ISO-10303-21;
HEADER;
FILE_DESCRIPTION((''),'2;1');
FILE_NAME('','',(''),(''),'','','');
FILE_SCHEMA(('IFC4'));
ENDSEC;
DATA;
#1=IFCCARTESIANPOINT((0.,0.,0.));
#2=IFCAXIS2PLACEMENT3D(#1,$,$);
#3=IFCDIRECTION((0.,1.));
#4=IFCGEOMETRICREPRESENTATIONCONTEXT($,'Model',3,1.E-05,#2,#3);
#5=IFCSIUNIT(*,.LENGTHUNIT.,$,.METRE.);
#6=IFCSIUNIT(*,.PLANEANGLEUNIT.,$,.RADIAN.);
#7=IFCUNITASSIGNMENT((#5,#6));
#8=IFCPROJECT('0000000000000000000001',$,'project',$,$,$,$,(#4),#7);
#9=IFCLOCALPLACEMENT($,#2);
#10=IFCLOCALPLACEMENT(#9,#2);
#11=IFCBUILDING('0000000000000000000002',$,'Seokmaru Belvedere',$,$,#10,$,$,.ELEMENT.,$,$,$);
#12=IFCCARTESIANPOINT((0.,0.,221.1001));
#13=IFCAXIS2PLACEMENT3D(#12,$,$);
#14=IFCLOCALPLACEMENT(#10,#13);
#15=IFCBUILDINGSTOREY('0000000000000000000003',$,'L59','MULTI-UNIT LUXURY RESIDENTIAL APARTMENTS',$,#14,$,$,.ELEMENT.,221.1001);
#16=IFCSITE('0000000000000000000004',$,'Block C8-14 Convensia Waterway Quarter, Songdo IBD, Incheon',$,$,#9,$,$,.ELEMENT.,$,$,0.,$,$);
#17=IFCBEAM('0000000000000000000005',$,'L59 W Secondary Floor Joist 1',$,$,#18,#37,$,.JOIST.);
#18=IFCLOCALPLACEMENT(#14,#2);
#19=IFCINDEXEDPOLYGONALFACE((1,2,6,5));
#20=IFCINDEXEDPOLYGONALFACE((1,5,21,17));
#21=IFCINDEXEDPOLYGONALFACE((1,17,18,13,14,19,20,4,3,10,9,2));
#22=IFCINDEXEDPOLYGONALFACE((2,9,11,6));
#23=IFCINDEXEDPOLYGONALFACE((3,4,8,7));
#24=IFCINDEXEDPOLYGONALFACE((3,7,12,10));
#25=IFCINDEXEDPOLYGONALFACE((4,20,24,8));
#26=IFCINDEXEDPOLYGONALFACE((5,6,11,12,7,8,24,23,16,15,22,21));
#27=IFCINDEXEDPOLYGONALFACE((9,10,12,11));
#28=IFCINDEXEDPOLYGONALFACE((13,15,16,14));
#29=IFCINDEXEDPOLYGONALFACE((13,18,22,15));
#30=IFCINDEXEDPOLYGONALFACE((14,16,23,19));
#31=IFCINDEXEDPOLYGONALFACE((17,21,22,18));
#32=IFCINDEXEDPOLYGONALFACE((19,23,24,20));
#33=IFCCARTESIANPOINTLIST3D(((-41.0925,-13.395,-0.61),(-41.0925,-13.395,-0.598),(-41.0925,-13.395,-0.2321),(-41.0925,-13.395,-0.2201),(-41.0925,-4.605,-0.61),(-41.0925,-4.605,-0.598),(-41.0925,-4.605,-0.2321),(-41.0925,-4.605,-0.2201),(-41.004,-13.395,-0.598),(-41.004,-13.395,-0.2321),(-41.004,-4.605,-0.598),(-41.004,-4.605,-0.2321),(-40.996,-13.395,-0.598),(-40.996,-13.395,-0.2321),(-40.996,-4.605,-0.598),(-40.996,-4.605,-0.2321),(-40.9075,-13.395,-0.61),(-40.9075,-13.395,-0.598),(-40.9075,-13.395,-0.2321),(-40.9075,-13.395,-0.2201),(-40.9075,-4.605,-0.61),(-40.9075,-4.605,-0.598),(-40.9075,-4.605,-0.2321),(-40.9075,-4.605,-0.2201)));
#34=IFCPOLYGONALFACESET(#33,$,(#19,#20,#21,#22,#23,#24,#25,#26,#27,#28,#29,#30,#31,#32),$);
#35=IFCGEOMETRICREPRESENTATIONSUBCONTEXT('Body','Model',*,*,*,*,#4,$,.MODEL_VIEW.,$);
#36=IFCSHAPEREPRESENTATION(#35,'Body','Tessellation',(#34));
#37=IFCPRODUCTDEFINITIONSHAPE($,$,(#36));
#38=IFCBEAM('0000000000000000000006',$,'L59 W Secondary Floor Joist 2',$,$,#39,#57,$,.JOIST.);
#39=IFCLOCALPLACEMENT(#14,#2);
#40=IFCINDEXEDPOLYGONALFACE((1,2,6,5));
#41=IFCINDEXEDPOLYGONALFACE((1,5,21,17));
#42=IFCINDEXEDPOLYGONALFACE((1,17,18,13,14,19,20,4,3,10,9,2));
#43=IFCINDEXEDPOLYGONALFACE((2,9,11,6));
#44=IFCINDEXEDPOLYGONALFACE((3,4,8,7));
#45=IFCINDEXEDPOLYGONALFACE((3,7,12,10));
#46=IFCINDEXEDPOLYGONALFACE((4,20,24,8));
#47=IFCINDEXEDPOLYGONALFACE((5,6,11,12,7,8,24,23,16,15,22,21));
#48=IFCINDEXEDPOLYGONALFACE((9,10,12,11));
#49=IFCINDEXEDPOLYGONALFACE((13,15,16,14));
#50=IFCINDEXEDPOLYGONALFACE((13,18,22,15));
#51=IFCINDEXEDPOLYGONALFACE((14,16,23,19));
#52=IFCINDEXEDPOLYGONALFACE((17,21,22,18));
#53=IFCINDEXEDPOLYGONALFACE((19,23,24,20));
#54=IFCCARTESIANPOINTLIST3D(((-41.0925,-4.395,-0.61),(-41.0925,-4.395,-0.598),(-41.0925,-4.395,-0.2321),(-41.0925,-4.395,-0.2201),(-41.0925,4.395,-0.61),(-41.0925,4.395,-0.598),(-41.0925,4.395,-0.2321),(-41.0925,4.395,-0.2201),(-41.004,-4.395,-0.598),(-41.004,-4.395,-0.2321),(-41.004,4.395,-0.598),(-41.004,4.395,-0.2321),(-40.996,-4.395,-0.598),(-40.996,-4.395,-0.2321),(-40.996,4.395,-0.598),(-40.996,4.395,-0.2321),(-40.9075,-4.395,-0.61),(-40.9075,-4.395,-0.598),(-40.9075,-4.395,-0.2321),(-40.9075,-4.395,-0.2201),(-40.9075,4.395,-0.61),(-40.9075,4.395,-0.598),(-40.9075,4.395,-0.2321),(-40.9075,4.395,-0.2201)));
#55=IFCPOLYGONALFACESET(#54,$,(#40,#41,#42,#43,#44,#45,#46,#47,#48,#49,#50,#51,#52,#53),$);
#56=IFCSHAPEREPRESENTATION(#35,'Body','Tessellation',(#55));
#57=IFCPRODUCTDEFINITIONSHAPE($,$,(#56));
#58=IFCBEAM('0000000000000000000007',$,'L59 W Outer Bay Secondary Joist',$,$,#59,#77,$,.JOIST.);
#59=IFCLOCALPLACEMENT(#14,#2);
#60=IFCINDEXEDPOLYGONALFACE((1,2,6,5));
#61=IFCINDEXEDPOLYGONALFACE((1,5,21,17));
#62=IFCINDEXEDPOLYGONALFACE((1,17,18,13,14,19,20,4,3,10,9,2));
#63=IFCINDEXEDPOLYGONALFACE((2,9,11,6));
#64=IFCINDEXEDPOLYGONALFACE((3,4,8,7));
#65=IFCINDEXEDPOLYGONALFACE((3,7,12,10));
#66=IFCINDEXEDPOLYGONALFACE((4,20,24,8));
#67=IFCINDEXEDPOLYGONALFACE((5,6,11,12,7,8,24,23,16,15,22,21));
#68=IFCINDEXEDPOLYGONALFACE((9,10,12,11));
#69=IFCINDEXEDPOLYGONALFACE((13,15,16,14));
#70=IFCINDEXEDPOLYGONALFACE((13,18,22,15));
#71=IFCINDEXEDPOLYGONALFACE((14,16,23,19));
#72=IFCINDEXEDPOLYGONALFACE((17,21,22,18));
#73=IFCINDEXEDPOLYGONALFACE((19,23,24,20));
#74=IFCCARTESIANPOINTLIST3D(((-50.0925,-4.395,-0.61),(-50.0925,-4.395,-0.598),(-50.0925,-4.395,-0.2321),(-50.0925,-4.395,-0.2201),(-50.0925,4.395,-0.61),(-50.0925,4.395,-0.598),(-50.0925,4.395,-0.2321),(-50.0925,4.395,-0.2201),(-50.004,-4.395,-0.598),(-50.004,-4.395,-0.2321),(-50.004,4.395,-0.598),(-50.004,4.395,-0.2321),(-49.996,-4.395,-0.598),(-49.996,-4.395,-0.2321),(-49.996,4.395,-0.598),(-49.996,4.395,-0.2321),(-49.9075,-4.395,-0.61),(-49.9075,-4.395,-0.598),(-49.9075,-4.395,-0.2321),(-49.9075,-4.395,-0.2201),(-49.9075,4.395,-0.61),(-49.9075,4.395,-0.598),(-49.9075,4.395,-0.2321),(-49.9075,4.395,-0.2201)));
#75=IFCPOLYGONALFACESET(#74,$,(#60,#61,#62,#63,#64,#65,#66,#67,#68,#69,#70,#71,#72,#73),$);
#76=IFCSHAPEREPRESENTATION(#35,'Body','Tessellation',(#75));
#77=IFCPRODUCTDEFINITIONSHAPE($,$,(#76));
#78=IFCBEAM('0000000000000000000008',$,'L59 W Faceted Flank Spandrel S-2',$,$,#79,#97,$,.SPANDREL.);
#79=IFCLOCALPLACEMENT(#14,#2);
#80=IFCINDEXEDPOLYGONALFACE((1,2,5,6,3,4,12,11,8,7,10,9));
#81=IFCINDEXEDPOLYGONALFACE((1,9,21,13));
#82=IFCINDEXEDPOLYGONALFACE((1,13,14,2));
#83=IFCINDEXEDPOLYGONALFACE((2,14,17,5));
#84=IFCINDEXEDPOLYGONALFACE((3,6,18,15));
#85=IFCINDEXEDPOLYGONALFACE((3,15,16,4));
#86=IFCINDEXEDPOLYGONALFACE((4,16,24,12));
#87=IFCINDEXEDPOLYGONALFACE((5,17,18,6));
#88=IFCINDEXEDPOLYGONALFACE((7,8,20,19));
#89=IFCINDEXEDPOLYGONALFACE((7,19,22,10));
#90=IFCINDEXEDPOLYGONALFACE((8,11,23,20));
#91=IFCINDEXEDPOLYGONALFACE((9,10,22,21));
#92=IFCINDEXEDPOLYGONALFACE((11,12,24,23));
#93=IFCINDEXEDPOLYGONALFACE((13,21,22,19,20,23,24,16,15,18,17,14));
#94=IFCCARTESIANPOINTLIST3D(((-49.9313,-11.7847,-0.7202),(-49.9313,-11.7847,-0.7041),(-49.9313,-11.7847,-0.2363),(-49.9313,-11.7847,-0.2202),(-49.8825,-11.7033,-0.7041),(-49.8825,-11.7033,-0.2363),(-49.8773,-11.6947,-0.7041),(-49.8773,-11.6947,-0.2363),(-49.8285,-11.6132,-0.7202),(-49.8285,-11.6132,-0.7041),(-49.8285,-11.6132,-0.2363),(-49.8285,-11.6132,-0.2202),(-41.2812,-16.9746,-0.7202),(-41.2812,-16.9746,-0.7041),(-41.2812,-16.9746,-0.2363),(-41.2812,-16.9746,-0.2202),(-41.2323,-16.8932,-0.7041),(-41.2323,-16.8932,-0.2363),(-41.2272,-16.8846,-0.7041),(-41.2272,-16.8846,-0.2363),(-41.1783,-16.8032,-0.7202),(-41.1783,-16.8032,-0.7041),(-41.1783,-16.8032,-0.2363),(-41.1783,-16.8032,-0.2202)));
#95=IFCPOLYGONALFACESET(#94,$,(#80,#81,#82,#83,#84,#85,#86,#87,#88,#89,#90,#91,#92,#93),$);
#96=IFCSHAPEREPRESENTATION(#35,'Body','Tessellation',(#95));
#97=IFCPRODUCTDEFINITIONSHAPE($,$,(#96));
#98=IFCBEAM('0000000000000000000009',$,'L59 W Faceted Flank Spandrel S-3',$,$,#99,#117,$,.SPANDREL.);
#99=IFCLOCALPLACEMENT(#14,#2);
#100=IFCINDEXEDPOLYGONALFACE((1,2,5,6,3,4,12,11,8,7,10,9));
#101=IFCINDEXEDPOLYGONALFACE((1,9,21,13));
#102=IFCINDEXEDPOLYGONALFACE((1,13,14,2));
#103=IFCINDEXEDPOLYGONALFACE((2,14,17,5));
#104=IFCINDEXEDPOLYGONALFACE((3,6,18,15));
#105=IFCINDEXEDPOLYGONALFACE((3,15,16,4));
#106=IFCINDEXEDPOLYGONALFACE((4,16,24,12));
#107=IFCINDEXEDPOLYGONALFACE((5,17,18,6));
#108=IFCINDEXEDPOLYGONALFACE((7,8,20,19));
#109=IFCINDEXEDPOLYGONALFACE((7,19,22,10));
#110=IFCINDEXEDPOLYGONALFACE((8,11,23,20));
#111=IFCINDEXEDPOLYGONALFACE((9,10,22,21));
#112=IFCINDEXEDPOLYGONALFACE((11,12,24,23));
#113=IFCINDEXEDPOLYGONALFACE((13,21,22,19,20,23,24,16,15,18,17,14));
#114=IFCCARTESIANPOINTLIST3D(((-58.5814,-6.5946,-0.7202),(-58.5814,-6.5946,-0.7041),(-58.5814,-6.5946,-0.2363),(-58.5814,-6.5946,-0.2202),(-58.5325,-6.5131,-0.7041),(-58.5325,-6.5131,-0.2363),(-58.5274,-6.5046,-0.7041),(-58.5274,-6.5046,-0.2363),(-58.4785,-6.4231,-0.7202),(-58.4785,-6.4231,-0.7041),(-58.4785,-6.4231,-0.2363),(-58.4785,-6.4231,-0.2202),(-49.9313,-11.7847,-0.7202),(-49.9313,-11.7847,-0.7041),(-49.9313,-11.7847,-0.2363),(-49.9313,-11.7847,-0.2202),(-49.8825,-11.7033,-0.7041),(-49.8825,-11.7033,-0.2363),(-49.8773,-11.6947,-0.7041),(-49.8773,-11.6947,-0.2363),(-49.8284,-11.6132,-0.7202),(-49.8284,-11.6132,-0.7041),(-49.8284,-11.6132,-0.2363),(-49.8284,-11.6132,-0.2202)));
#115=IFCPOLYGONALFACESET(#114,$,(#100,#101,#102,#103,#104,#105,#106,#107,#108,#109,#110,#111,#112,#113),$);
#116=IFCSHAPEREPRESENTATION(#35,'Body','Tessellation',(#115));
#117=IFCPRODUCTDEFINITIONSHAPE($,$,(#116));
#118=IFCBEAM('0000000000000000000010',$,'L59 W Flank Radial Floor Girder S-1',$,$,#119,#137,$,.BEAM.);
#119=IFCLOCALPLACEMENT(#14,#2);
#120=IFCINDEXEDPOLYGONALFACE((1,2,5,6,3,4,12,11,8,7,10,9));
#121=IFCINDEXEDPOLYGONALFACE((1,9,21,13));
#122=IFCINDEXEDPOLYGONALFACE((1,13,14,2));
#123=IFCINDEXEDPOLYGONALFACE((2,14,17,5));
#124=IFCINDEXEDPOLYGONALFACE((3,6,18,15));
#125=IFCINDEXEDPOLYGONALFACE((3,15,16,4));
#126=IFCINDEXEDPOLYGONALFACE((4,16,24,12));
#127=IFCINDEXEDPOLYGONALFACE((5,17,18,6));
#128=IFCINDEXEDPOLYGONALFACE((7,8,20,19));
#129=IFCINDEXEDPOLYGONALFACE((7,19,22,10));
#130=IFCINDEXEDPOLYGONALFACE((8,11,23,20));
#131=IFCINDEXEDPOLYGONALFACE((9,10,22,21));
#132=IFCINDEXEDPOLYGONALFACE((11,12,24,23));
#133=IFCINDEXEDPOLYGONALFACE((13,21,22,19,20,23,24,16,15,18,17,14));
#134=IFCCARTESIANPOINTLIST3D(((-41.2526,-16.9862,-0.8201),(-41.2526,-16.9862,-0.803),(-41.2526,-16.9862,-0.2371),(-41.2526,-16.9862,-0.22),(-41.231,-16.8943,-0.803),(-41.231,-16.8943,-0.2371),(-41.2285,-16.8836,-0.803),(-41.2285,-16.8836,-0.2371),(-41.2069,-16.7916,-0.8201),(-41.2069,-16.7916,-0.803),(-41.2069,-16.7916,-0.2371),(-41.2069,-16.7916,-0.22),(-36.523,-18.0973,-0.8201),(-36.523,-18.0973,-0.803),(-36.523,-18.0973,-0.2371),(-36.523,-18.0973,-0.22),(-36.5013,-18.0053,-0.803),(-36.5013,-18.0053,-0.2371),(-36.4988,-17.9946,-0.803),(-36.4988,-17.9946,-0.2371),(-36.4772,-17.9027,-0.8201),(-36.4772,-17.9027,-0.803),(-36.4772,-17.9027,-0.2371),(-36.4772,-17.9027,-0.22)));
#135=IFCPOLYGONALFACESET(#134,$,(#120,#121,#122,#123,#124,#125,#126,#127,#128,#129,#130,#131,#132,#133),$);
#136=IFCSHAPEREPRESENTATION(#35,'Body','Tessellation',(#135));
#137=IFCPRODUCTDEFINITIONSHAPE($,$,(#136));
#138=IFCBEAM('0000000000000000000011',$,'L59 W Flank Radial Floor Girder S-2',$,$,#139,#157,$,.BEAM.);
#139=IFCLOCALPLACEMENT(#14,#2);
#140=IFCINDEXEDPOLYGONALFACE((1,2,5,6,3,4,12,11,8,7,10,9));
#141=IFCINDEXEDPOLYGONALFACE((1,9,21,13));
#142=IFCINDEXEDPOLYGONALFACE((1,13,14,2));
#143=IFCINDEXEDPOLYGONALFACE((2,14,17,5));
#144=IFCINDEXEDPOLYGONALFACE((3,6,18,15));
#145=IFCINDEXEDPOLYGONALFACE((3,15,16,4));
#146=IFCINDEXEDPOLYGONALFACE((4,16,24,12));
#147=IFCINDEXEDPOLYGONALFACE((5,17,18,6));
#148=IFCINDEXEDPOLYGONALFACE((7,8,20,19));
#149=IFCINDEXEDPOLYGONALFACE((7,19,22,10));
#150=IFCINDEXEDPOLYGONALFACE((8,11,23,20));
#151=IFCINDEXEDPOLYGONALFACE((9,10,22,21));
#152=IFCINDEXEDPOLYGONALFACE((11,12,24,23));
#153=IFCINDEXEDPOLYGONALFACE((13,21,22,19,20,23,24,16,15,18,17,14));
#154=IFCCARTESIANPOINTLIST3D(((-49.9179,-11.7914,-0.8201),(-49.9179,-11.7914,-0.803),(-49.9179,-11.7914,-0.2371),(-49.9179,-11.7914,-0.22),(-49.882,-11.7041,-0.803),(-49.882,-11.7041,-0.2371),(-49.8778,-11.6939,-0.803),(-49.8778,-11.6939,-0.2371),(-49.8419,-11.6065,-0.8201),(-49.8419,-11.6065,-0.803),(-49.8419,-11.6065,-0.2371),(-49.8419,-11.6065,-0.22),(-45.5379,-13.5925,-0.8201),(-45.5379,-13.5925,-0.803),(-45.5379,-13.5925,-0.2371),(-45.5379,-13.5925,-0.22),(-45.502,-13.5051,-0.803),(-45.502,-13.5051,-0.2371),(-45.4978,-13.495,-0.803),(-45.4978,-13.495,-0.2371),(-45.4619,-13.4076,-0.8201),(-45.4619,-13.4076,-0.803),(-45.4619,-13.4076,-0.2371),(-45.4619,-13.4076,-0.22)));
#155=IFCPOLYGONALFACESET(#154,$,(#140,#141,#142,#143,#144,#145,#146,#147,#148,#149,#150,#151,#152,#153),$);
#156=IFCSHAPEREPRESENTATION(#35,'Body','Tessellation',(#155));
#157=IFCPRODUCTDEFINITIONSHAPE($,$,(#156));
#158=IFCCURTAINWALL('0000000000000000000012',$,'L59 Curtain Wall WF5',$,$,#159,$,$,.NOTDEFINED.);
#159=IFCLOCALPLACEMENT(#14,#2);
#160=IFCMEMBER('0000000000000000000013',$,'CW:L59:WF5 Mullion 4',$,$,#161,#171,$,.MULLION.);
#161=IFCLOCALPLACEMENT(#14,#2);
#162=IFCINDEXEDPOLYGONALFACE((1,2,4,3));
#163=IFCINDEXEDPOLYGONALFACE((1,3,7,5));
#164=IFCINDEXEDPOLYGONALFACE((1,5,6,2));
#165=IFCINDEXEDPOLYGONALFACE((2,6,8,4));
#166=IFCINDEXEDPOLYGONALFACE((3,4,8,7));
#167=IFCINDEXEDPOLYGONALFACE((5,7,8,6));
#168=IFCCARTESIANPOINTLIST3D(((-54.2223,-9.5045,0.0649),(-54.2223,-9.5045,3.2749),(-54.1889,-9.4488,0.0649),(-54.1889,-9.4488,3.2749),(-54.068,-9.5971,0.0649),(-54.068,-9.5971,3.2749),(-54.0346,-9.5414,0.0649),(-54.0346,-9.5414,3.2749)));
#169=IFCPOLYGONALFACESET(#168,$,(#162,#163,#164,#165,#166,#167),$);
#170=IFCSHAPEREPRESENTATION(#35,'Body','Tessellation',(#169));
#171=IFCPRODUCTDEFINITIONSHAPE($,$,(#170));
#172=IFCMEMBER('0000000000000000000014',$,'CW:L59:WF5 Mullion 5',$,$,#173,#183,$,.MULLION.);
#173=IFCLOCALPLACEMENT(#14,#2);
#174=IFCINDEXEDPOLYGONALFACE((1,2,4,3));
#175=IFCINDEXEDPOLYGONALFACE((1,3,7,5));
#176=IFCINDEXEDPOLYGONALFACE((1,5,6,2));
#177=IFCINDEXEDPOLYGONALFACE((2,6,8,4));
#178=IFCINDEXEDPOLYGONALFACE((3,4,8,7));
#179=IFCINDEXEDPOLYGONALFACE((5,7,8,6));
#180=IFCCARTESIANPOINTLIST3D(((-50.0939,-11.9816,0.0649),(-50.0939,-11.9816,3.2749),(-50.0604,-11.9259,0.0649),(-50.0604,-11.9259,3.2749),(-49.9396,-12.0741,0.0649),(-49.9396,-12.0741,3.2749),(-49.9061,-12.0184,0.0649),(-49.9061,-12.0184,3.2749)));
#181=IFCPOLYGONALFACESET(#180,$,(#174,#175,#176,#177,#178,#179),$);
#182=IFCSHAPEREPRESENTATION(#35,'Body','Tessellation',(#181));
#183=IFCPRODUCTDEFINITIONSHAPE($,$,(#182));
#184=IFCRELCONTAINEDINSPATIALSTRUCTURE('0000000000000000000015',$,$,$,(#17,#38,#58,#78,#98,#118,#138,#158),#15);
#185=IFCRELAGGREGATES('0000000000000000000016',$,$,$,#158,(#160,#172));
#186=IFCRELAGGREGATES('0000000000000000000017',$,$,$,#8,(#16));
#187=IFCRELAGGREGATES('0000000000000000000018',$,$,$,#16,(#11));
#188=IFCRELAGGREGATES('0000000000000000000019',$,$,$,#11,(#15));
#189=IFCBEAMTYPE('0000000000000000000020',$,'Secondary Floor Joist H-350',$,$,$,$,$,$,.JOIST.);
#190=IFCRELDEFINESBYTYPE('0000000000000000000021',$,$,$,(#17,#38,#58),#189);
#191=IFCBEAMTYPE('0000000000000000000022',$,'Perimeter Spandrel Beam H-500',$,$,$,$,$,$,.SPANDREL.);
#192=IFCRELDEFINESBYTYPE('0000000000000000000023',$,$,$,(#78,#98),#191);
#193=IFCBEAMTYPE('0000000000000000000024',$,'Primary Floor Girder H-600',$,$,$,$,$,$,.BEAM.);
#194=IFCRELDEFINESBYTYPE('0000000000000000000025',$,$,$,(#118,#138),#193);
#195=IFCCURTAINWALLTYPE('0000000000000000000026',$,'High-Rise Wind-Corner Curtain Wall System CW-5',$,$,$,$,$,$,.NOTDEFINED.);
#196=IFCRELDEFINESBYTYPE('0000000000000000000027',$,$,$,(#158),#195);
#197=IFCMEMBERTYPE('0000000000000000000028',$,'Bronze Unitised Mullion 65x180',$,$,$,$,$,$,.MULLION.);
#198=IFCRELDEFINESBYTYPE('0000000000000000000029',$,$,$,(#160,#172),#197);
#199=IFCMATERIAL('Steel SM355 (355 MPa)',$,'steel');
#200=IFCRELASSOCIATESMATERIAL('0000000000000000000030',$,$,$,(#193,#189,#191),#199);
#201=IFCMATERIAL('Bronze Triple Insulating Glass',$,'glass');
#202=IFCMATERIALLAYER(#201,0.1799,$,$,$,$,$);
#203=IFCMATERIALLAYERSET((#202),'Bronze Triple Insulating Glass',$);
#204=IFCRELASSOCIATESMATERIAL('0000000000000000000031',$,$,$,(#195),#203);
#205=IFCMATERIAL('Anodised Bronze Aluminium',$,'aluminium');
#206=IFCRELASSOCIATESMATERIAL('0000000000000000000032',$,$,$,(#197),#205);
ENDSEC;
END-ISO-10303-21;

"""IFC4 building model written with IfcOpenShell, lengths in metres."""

from ifc_helpers import new_model, si_unit, direction, frame, origin, origin_2d, place, context, subcontext, project, spatial, rectangle, i_section, extrude, source, transform, mapped, material, layer, layer_set, material_profile, profile_set, type_object, type_shapes, element, aggregate, save


model = new_model("IFC4")

# Units and contexts
model_context = context("Model", 3, precision=1e-05, world=origin(), true_north=direction((0.0, 1.0)))
body_context = subcontext(model_context, "Body", "Model", "MODEL_VIEW")
ifc_project = project(units=[si_unit("LENGTHUNIT", "METRE"), si_unit("PLANEANGLEUNIT", "RADIAN")], contexts=[model_context])

# Site, building, storey
site_placement = place(None, origin())
site = spatial("IfcSite", under=ifc_project, at=site_placement, Name="Block C8-14 Convensia Waterway Quarter, Songdo IBD, Incheon", CompositionType="ELEMENT", RefElevation=0.0)
building_placement = place(site_placement, origin())
building = spatial("IfcBuilding", under=site, at=building_placement, Name="Seokmaru Belvedere", CompositionType="ELEMENT")
storey_placement = place(building_placement, frame((0.0, 0.0, 221.1001)))
storey = spatial("IfcBuildingStorey", under=building, at=storey_placement, Name="L59", Description="MULTI-UNIT LUXURY RESIDENTIAL APARTMENTS", CompositionType="ELEMENT", Elevation=221.1001)

# Shared definitions
ifc_material_1 = material(Name="Steel SM355 (355 MPa)", Category="steel")

# Beams
ifc_material_profile_1 = material_profile(ifc_material_1, i_section(OverallWidth=0.2, OverallDepth=0.6001, WebThickness=0.011, FlangeThickness=0.0171, at=origin_2d()), Name="H-600x200x11x17")
ifc_profile_set_1 = profile_set([ifc_material_profile_1], Name="Steel SM355 (355 MPa)")
beam_type_1 = type_object("IfcBeamType", Name="Primary Floor Girder H-600", PredefinedType="BEAM", material=ifc_profile_set_1)
ifc_material_profile_2 = material_profile(ifc_material_1, i_section(OverallWidth=0.1851, OverallDepth=0.3899, WebThickness=0.0081, FlangeThickness=0.012, at=origin_2d()), Name="H-390x185x8x12")
ifc_profile_set_2 = profile_set([ifc_material_profile_2], Name="Steel SM355 (355 MPa)")
beam_type_2 = type_object("IfcBeamType", Name="Secondary Floor Joist H-350", PredefinedType="JOIST", material=ifc_profile_set_2)
shared_shape_1 = source(origin(), body_context, "Body", "SweptSolid", [
    extrude(i_section(OverallWidth=0.1851, OverallDepth=0.3899, WebThickness=0.0081, FlangeThickness=0.012, at=origin_2d()), origin(), (0.0, 0.0, 1.0), 8.79),
])
type_shapes(beam_type_2, [shared_shape_1])
for number, where, z_axis, x_axis, name in (
    (1, (-41.0, -13.395, -0.415), (0.0, 1.0, 0.0), (-1.0, 0.0, 0.0), "L59 W Secondary Floor Joist 1"),
    (2, (-41.0, -4.395, -0.415), (0.0, 1.0, 0.0), (-1.0, 0.0, 0.0), "L59 W Secondary Floor Joist 2"),
    (3, (-50.0, -4.395, -0.415), (0.0, 1.0, 0.0), (-1.0, 0.0, 0.0), "L59 W Outer Bay Secondary Joist"),
):
    element("IfcBeam", number, at=place(storey_placement, frame(where, z_axis=z_axis, x_axis=x_axis)), inside=storey, type_object=beam_type_2, Name=name, PredefinedType="JOIST", context=body_context, shape_type="MappedRepresentation", body=[
        mapped(shared_shape_1, transform((0.0, 0.0, 0.0), scale=1.0)),
    ])
ifc_material_profile_3 = material_profile(ifc_material_1, i_section(OverallWidth=0.2, OverallDepth=0.5, WebThickness=0.01, FlangeThickness=0.0161, at=origin_2d()), Name="H-500x200x10x16")
ifc_profile_set_3 = profile_set([ifc_material_profile_3], Name="Steel SM355 (355 MPa)")
beam_type_3 = type_object("IfcBeamType", Name="Perimeter Spandrel Beam H-500", PredefinedType="SPANDREL", material=ifc_profile_set_3)
shared_shape_2 = source(origin(), body_context, "Body", "SweptSolid", [
    extrude(i_section(OverallWidth=0.2, OverallDepth=0.5, WebThickness=0.01, FlangeThickness=0.0161, at=origin_2d()), origin(), (0.0, 0.0, 1.0), 10.0876),
])
type_shapes(beam_type_3, [shared_shape_2])
for number, where, z_axis, x_axis, name in (
    (4, (-41.2297, -16.8889, -0.4702), (-0.857499, 0.514485, 0.0), (-0.514485, -0.857499, 0.0), "L59 W Faceted Flank Spandrel S-2"),
    (5, (-49.8799, -11.699, -0.4702), (-0.857489, 0.514503, 0.0), (-0.514503, -0.857489, 0.0), "L59 W Faceted Flank Spandrel S-3"),
):
    element("IfcBeam", number, at=place(storey_placement, frame(where, z_axis=z_axis, x_axis=x_axis)), inside=storey, type_object=beam_type_3, Name=name, PredefinedType="SPANDREL", context=body_context, shape_type="MappedRepresentation", body=[
        mapped(shared_shape_2, transform((0.0, 0.0, 0.0), scale=1.0)),
    ])
shared_shape_3 = source(origin(), body_context, "Body", "SweptSolid", [
    extrude(i_section(OverallWidth=0.2, OverallDepth=0.6001, WebThickness=0.011, FlangeThickness=0.0171, at=origin_2d()), origin(), (0.0, 0.0, 1.0), 4.8584),
])
beam_1_placement = place(storey_placement, frame((-41.2297, -16.8889, -0.52), z_axis=(0.973499, -0.228689, 0.0), x_axis=(0.228689, 0.973499, 0.0)))
element("IfcBeam", 6, at=beam_1_placement, inside=storey, type_object=beam_type_1, Name="L59 W Flank Radial Floor Girder S-1", PredefinedType="BEAM", context=body_context, shape_type="MappedRepresentation", body=[
    mapped(shared_shape_3, transform((0.0, 0.0, 0.0), scale=1.0)),
])
shared_shape_4 = source(origin(), body_context, "Body", "SweptSolid", [
    extrude(i_section(OverallWidth=0.2, OverallDepth=0.6001, WebThickness=0.011, FlangeThickness=0.0171, at=origin_2d()), origin(), (0.0, 0.0, 1.0), 4.7358),
])
beam_2_placement = place(storey_placement, frame((-49.8799, -11.699, -0.52), z_axis=(0.924861, -0.380306, 0.0), x_axis=(0.380306, 0.924861, 0.0)))
element("IfcBeam", 7, at=beam_2_placement, inside=storey, type_object=beam_type_1, Name="L59 W Flank Radial Floor Girder S-2", PredefinedType="BEAM", context=body_context, shape_type="MappedRepresentation", body=[
    mapped(shared_shape_4, transform((0.0, 0.0, 0.0), scale=1.0)),
])

# Curtain wall, members
ifc_material_2 = material(Name="Bronze Triple Insulating Glass", Category="glass")
ifc_layer_1 = layer(ifc_material_2, 0.1799)
ifc_layer_set_1 = layer_set([ifc_layer_1], Name="Bronze Triple Insulating Glass")
curtain_wall_type = type_object("IfcCurtainWallType", Name="High-Rise Wind-Corner Curtain Wall System CW-5", PredefinedType="NOTDEFINED", material=ifc_layer_set_1)
curtain_wall_placement = place(storey_placement, origin())
curtain_wall = element("IfcCurtainWall", 8, at=curtain_wall_placement, inside=storey, type_object=curtain_wall_type, Name="L59 Curtain Wall WF5", PredefinedType="NOTDEFINED")
ifc_material_3 = material(Name="Anodised Bronze Aluminium", Category="aluminium")
ifc_material_profile_4 = material_profile(ifc_material_3, rectangle(XDim=0.0649, YDim=0.1799, at=origin_2d()), Name="CW-M-65x180")
ifc_profile_set_4 = profile_set([ifc_material_profile_4], Name="Anodised Bronze Aluminium")
member_type = type_object("IfcMemberType", Name="Bronze Unitised Mullion 65x180", PredefinedType="MULLION", material=ifc_profile_set_4)
shared_shape_5 = source(origin(), body_context, "Body", "SweptSolid", [
    extrude(rectangle(XDim=0.0649, YDim=0.1799, at=origin_2d()), origin(), (0.0, 0.0, 1.0), 3.21),
])
type_shapes(member_type, [shared_shape_5])
member_1_placement = place(storey_placement, frame((-54.1284, -9.5229, 0.0649), z_axis=(0.0, 0.0, 1.0), x_axis=(0.514495, 0.857493, 0.0)))
member_1 = element("IfcMember", 9, at=member_1_placement, type_object=member_type, Name="CW:L59:WF5 Mullion 4", PredefinedType="MULLION", context=body_context, shape_type="MappedRepresentation", body=[
    mapped(shared_shape_5, transform((0.0, 0.0, 0.0), scale=1.0)),
])
member_2_placement = place(storey_placement, frame((-50.0, -12.0, 0.0649), z_axis=(0.0, 0.0, 1.0), x_axis=(0.514495, 0.857493, 0.0)))
member_2 = element("IfcMember", 10, at=member_2_placement, type_object=member_type, Name="CW:L59:WF5 Mullion 5", PredefinedType="MULLION", context=body_context, shape_type="MappedRepresentation", body=[
    mapped(shared_shape_5, transform((0.0, 0.0, 0.0), scale=1.0)),
])
aggregate(curtain_wall, [member_1, member_2])

save(model, "model.ifc")
